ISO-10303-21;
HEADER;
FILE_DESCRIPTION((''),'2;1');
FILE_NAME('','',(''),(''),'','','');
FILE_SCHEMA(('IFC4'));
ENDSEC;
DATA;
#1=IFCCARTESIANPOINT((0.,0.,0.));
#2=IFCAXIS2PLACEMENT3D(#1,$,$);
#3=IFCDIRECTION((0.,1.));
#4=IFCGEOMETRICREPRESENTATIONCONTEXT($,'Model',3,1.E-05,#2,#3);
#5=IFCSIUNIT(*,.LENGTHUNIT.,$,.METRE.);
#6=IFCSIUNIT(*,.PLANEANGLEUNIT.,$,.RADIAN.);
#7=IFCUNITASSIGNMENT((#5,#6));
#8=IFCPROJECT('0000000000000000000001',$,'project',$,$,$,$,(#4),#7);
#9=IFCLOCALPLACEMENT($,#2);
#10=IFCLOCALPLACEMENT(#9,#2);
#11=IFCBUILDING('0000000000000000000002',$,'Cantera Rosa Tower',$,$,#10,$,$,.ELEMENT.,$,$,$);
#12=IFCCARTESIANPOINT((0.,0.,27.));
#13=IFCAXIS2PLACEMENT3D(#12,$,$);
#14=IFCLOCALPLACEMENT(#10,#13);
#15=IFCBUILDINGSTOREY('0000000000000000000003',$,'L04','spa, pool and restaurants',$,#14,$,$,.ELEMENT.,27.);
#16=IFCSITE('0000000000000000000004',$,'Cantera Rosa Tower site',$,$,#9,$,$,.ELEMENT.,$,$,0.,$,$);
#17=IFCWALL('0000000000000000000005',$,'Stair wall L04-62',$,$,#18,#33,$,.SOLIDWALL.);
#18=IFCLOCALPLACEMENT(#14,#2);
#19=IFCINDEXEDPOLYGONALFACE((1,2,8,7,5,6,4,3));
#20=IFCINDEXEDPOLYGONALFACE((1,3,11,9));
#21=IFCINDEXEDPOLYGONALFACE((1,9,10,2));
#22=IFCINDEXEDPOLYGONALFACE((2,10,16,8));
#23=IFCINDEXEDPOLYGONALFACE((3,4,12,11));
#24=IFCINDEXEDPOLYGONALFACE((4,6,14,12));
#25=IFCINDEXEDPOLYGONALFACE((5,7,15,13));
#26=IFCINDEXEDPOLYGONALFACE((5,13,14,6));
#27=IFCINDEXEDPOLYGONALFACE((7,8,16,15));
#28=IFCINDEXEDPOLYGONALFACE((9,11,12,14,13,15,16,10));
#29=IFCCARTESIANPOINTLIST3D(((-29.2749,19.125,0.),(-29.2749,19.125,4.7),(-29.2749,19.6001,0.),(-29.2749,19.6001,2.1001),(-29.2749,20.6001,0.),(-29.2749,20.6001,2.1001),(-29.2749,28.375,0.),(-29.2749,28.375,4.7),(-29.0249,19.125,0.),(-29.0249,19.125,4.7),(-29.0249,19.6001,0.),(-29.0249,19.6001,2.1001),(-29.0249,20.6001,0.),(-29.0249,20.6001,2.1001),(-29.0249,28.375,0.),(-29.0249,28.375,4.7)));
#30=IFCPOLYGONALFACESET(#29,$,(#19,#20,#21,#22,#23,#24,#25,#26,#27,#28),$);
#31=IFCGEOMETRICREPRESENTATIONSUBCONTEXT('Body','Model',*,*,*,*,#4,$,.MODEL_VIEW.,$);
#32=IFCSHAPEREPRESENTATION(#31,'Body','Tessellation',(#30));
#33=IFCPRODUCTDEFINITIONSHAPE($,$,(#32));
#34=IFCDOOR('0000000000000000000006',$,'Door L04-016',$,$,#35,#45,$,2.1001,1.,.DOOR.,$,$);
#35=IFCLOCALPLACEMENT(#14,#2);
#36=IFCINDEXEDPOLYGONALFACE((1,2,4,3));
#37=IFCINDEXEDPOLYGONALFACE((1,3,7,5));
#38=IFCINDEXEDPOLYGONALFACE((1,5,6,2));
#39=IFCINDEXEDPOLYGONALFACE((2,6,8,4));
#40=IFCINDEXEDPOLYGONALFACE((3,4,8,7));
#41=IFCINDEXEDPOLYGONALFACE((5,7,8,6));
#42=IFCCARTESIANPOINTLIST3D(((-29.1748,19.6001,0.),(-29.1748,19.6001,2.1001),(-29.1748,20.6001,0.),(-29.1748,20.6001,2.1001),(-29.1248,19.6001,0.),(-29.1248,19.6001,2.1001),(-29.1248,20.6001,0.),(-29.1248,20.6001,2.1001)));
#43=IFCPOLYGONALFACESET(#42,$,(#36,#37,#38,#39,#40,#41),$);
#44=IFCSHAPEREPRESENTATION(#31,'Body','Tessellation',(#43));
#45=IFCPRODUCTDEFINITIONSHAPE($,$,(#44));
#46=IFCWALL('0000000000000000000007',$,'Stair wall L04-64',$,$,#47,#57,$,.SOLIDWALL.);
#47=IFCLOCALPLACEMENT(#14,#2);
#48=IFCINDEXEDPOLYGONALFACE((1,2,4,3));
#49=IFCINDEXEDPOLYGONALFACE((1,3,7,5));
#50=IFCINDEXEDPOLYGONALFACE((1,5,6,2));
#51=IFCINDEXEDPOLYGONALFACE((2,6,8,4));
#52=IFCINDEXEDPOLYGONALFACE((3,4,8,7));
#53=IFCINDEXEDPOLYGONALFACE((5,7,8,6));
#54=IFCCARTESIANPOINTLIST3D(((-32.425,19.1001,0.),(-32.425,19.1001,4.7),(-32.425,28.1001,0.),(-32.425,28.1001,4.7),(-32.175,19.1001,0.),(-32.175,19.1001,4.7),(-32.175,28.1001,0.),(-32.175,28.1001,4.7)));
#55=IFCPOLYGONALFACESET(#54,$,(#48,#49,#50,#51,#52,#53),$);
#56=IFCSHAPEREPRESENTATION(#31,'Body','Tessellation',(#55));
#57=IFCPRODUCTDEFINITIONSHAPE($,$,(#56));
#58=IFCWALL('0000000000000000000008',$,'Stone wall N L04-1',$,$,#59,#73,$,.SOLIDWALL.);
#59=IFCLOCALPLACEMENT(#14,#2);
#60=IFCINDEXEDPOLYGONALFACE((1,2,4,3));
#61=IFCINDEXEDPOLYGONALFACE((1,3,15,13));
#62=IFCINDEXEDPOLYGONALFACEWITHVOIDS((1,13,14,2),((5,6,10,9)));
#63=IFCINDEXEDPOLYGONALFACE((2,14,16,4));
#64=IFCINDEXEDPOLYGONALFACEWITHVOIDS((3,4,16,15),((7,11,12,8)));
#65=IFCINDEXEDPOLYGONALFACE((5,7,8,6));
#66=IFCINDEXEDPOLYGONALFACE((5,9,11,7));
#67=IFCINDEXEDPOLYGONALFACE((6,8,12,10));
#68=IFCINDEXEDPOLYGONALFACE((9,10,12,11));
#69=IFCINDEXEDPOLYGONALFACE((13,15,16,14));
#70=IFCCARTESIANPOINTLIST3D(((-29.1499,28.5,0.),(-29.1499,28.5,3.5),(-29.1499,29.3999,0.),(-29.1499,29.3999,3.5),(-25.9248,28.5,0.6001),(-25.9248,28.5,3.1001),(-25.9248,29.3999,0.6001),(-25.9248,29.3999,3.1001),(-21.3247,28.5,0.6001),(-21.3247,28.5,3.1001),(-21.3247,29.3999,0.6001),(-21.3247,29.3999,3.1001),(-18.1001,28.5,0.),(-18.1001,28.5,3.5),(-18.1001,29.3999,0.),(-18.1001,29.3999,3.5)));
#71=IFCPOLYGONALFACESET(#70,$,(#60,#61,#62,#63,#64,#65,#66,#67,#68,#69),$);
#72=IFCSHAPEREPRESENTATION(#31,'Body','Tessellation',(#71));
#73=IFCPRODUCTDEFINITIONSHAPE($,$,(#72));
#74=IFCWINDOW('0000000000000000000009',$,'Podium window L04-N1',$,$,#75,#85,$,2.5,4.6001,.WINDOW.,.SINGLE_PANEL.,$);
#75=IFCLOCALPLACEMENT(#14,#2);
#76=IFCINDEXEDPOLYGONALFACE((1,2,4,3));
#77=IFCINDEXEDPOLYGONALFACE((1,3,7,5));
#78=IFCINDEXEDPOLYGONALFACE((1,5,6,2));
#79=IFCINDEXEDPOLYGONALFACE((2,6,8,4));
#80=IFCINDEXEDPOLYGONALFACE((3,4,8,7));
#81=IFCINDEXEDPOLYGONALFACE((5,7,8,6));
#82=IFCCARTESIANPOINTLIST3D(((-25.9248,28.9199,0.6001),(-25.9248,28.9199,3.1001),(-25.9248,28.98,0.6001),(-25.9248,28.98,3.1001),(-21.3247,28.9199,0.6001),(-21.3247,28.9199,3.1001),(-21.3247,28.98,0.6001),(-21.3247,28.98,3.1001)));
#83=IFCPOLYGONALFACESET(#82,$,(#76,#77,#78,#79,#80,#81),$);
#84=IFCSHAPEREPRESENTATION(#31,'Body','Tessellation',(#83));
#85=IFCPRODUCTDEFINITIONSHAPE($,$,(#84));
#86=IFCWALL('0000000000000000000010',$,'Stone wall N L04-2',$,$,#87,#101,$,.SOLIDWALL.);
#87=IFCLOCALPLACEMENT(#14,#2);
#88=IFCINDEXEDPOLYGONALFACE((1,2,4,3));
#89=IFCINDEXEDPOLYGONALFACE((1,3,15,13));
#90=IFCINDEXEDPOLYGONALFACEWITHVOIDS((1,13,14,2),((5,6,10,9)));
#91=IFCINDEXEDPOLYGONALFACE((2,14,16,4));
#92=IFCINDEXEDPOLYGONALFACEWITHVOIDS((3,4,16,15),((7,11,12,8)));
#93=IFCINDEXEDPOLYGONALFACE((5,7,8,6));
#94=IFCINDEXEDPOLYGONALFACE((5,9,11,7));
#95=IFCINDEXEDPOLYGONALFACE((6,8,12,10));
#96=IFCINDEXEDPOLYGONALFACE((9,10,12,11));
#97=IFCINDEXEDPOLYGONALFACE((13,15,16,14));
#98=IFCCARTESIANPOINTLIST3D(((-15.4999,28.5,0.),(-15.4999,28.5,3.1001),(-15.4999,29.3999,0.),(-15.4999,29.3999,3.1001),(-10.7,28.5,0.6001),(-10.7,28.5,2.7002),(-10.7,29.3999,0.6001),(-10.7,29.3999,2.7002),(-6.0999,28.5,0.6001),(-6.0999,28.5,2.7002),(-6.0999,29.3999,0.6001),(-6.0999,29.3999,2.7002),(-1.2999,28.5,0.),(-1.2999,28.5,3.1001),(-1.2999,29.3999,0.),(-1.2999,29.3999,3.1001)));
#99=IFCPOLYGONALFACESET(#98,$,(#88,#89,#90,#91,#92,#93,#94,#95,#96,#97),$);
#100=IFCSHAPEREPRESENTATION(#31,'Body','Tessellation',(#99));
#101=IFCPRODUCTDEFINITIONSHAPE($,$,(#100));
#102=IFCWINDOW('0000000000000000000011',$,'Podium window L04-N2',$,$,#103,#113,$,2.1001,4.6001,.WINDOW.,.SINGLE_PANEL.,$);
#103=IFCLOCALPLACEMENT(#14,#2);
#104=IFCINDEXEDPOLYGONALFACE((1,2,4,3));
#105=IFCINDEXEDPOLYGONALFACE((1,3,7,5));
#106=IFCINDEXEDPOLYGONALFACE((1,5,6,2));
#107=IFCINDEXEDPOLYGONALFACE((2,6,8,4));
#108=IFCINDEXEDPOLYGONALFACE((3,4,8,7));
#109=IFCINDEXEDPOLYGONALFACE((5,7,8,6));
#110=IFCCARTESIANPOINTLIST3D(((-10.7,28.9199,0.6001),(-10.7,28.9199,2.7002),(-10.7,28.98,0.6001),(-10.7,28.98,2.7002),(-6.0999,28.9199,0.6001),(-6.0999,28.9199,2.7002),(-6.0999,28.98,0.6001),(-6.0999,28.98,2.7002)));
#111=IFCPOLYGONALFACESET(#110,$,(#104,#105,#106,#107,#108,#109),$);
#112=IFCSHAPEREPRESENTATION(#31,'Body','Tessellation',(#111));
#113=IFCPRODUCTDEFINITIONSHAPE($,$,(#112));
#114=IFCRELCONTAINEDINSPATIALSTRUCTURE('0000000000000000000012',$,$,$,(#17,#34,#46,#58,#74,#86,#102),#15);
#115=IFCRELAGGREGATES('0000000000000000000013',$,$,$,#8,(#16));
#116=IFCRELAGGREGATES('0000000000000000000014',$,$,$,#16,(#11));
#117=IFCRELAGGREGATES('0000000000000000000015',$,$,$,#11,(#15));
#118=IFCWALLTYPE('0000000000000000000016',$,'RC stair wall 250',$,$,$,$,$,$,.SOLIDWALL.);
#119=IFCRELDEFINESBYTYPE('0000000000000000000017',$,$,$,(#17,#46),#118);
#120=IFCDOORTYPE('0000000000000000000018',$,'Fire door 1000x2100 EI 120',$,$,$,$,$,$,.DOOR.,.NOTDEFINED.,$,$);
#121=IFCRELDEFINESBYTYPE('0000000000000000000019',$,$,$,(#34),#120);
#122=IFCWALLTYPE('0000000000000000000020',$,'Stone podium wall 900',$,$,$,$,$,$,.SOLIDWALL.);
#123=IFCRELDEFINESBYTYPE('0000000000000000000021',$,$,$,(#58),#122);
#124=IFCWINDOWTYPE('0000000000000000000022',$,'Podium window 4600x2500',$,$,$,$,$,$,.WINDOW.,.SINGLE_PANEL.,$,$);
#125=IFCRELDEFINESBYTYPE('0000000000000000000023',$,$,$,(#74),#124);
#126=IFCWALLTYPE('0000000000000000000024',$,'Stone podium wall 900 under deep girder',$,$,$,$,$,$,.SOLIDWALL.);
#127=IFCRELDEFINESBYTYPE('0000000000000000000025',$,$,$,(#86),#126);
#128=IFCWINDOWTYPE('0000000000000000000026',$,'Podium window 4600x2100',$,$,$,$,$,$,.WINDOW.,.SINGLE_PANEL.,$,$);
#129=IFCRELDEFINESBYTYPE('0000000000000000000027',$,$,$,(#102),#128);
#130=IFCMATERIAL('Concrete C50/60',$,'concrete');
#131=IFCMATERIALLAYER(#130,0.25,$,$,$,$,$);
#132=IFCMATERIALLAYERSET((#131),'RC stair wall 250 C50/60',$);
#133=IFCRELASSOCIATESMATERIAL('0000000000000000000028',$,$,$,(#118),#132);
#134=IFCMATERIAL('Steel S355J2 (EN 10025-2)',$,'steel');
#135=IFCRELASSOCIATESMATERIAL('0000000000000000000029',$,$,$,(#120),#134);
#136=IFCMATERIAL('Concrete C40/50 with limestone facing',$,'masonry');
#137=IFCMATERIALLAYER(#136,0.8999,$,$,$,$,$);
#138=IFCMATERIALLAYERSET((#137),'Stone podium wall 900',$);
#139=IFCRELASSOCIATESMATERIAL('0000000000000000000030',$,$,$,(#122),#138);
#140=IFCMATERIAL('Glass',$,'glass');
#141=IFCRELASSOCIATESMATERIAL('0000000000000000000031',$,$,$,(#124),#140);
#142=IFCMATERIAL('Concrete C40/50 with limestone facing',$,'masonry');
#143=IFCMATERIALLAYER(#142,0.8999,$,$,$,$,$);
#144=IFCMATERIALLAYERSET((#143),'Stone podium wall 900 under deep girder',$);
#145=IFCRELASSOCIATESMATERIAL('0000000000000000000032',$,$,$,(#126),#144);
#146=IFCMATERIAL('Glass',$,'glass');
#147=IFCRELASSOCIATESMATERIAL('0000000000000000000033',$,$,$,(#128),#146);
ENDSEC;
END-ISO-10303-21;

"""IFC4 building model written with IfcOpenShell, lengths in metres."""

from ifc_helpers import new_model, si_unit, direction, frame, frame_2d, origin, place, context, subcontext, project, spatial, rectangle, extrude, material, layer, layer_set, type_object, element, fill, save


model = new_model("IFC4")

# Units and contexts
model_context = context("Model", 3, precision=1e-05, world=origin(), true_north=direction((0.0, 1.0)))
body_context = subcontext(model_context, "Body", "Model", "MODEL_VIEW")
ifc_project = project(units=[si_unit("LENGTHUNIT", "METRE"), si_unit("PLANEANGLEUNIT", "RADIAN")], contexts=[model_context])

# Site, building, storey
site_placement = place(None, origin())
site = spatial("IfcSite", under=ifc_project, at=site_placement, Name="Cantera Rosa Tower site", CompositionType="ELEMENT", RefElevation=0.0)
building_placement = place(site_placement, origin())
building = spatial("IfcBuilding", under=site, at=building_placement, Name="Cantera Rosa Tower", CompositionType="ELEMENT")
storey_placement = place(building_placement, frame((0.0, 0.0, 27.0)))
storey = spatial("IfcBuildingStorey", under=building, at=storey_placement, Name="L04", Description="spa, pool and restaurants", CompositionType="ELEMENT", Elevation=27.0)

# Wall, opening, door
ifc_material_1 = material(Name="Concrete C50/60", Category="concrete")
ifc_layer_1 = layer(ifc_material_1, 0.25)
ifc_layer_set_1 = layer_set([ifc_layer_1], Name="RC stair wall 250 C50/60")
wall_type_1 = type_object("IfcWallType", Name="RC stair wall 250", PredefinedType="SOLIDWALL", material=ifc_layer_set_1)
wall_1_placement = place(storey_placement, frame((-29.1499, 19.125, 0.0), z_axis=(0.0, 0.0, 1.0), x_axis=(0.0, 1.0, 0.0)))
wall_1 = element("IfcWall", 1, at=wall_1_placement, inside=storey, type_object=wall_type_1, Name="Stair wall L04-62", PredefinedType="SOLIDWALL", context=body_context, shape_type="SweptSolid", body=[
    extrude(rectangle(XDim=9.25, YDim=0.25, at=frame_2d((4.625, 0.0))), origin(), (0.0, 0.0, 1.0), 4.7),
])
opening_1_placement = place(wall_1_placement, frame((0.4751, 0.0, 0.0)))
opening_1 = element("IfcOpeningElement", 2, at=opening_1_placement, cuts=wall_1, PredefinedType="OPENING", context=body_context, shape_type="SweptSolid", body=[
    extrude(rectangle(XDim=1.0, YDim=2.1001, at=frame_2d((0.5, 1.05))), frame((0.0, 0.135, 0.0), z_axis=(0.0, -1.0, 0.0), x_axis=(1.0, 0.0, 0.0)), (0.0, 0.0, 1.0), 0.27),
])
ifc_material_2 = material(Name="Steel S355J2 (EN 10025-2)", Category="steel")
door_type_1 = type_object("IfcDoorType", Name="Fire door 1000x2100 EI 120", OperationType="NOTDEFINED", PredefinedType="DOOR", material=ifc_material_2)
door_1_placement = place(opening_1_placement, origin())
door_1 = element("IfcDoor", 3, at=door_1_placement, inside=storey, type_object=door_type_1, Name="Door L04-016", OverallHeight=2.1001, OverallWidth=1.0, PredefinedType="DOOR", context=body_context, shape_type="SweptSolid", body=[
    extrude(rectangle(XDim=1.0, YDim=2.1001, at=frame_2d((0.5, 1.05))), frame((0.0, 0.0249, 0.0), z_axis=(0.0, -1.0, 0.0), x_axis=(1.0, 0.0, 0.0)), (0.0, 0.0, 1.0), 0.05),
])
fill(opening_1, door_1)

# Wall
wall_2_placement = place(storey_placement, frame((-32.3, 19.1001, 0.0), z_axis=(0.0, 0.0, 1.0), x_axis=(0.0, 1.0, 0.0)))
element("IfcWall", 4, at=wall_2_placement, inside=storey, type_object=wall_type_1, Name="Stair wall L04-64", PredefinedType="SOLIDWALL", context=body_context, shape_type="SweptSolid", body=[
    extrude(rectangle(XDim=9.0, YDim=0.25, at=frame_2d((4.5, 0.0))), origin(), (0.0, 0.0, 1.0), 4.7),
])

# Walls, openings, windows
ifc_material_3 = material(Name="Concrete C40/50 with limestone facing", Category="masonry")
ifc_layer_2 = layer(ifc_material_3, 0.8999)
ifc_layer_set_2 = layer_set([ifc_layer_2], Name="Stone podium wall 900")
wall_type_2 = type_object("IfcWallType", Name="Stone podium wall 900", PredefinedType="SOLIDWALL", material=ifc_layer_set_2)
wall_3_placement = place(storey_placement, frame((-29.1499, 28.95, 0.0), z_axis=(0.0, 0.0, 1.0), x_axis=(1.0, 0.0, 0.0)))
wall_3 = element("IfcWall", 5, at=wall_3_placement, inside=storey, type_object=wall_type_2, Name="Stone wall N L04-1", PredefinedType="SOLIDWALL", context=body_context, shape_type="SweptSolid", body=[
    extrude(rectangle(XDim=11.0498, YDim=0.8999, at=frame_2d((5.5249, 0.0))), origin(), (0.0, 0.0, 1.0), 3.5),
])
opening_2_placement = place(wall_3_placement, frame((3.2251, 0.0, 0.6001)))
opening_2 = element("IfcOpeningElement", 6, at=opening_2_placement, cuts=wall_3, PredefinedType="OPENING", context=body_context, shape_type="SweptSolid", body=[
    extrude(rectangle(XDim=4.6001, YDim=2.5, at=frame_2d((2.3, 1.25))), frame((0.0, 0.46, 0.0), z_axis=(0.0, -1.0, 0.0), x_axis=(1.0, 0.0, 0.0)), (0.0, 0.0, 1.0), 0.9199),
])
ifc_material_4 = material(Name="Glass", Category="glass")
window_type_1 = type_object("IfcWindowType", Name="Podium window 4600x2500", PartitioningType="SINGLE_PANEL", PredefinedType="WINDOW", material=ifc_material_4)
window_1_placement = place(opening_2_placement, origin())
window_1 = element("IfcWindow", 7, at=window_1_placement, inside=storey, type_object=window_type_1, Name="Podium window L04-N1", OverallHeight=2.5, OverallWidth=4.6001, PartitioningType="SINGLE_PANEL", PredefinedType="WINDOW", context=body_context, shape_type="SweptSolid", body=[
    extrude(rectangle(XDim=4.6001, YDim=2.5, at=frame_2d((2.3, 1.25))), frame((0.0, 0.03, 0.0), z_axis=(0.0, -1.0, 0.0), x_axis=(1.0, 0.0, 0.0)), (0.0, 0.0, 1.0), 0.0601),
])
fill(opening_2, window_1)
ifc_material_5 = material(Name="Concrete C40/50 with limestone facing", Category="masonry")
ifc_layer_3 = layer(ifc_material_5, 0.8999)
ifc_layer_set_3 = layer_set([ifc_layer_3], Name="Stone podium wall 900 under deep girder")
wall_type_3 = type_object("IfcWallType", Name="Stone podium wall 900 under deep girder", PredefinedType="SOLIDWALL", material=ifc_layer_set_3)
wall_4_placement = place(storey_placement, frame((-15.5, 28.95, 0.0), z_axis=(0.0, 0.0, 1.0), x_axis=(1.0, 0.0, 0.0)))
wall_4 = element("IfcWall", 8, at=wall_4_placement, inside=storey, type_object=wall_type_3, Name="Stone wall N L04-2", PredefinedType="SOLIDWALL", context=body_context, shape_type="SweptSolid", body=[
    extrude(rectangle(XDim=14.2, YDim=0.8999, at=frame_2d((7.1001, 0.0))), origin(), (0.0, 0.0, 1.0), 3.1001),
])
opening_3_placement = place(wall_4_placement, frame((4.8, 0.0, 0.6001)))
opening_3 = element("IfcOpeningElement", 9, at=opening_3_placement, cuts=wall_4, PredefinedType="OPENING", context=body_context, shape_type="SweptSolid", body=[
    extrude(rectangle(XDim=4.6001, YDim=2.1001, at=frame_2d((2.3, 1.05))), frame((0.0, 0.46, 0.0), z_axis=(0.0, -1.0, 0.0), x_axis=(1.0, 0.0, 0.0)), (0.0, 0.0, 1.0), 0.9199),
])
ifc_material_6 = material(Name="Glass", Category="glass")
window_type_2 = type_object("IfcWindowType", Name="Podium window 4600x2100", PartitioningType="SINGLE_PANEL", PredefinedType="WINDOW", material=ifc_material_6)
window_2_placement = place(opening_3_placement, origin())
window_2 = element("IfcWindow", 10, at=window_2_placement, inside=storey, type_object=window_type_2, Name="Podium window L04-N2", OverallHeight=2.1001, OverallWidth=4.6001, PartitioningType="SINGLE_PANEL", PredefinedType="WINDOW", context=body_context, shape_type="SweptSolid", body=[
    extrude(rectangle(XDim=4.6001, YDim=2.1001, at=frame_2d((2.3, 1.05))), frame((0.0, 0.03, 0.0), z_axis=(0.0, -1.0, 0.0), x_axis=(1.0, 0.0, 0.0)), (0.0, 0.0, 1.0), 0.0601),
])
fill(opening_3, window_2)

save(model, "model.ifc")
